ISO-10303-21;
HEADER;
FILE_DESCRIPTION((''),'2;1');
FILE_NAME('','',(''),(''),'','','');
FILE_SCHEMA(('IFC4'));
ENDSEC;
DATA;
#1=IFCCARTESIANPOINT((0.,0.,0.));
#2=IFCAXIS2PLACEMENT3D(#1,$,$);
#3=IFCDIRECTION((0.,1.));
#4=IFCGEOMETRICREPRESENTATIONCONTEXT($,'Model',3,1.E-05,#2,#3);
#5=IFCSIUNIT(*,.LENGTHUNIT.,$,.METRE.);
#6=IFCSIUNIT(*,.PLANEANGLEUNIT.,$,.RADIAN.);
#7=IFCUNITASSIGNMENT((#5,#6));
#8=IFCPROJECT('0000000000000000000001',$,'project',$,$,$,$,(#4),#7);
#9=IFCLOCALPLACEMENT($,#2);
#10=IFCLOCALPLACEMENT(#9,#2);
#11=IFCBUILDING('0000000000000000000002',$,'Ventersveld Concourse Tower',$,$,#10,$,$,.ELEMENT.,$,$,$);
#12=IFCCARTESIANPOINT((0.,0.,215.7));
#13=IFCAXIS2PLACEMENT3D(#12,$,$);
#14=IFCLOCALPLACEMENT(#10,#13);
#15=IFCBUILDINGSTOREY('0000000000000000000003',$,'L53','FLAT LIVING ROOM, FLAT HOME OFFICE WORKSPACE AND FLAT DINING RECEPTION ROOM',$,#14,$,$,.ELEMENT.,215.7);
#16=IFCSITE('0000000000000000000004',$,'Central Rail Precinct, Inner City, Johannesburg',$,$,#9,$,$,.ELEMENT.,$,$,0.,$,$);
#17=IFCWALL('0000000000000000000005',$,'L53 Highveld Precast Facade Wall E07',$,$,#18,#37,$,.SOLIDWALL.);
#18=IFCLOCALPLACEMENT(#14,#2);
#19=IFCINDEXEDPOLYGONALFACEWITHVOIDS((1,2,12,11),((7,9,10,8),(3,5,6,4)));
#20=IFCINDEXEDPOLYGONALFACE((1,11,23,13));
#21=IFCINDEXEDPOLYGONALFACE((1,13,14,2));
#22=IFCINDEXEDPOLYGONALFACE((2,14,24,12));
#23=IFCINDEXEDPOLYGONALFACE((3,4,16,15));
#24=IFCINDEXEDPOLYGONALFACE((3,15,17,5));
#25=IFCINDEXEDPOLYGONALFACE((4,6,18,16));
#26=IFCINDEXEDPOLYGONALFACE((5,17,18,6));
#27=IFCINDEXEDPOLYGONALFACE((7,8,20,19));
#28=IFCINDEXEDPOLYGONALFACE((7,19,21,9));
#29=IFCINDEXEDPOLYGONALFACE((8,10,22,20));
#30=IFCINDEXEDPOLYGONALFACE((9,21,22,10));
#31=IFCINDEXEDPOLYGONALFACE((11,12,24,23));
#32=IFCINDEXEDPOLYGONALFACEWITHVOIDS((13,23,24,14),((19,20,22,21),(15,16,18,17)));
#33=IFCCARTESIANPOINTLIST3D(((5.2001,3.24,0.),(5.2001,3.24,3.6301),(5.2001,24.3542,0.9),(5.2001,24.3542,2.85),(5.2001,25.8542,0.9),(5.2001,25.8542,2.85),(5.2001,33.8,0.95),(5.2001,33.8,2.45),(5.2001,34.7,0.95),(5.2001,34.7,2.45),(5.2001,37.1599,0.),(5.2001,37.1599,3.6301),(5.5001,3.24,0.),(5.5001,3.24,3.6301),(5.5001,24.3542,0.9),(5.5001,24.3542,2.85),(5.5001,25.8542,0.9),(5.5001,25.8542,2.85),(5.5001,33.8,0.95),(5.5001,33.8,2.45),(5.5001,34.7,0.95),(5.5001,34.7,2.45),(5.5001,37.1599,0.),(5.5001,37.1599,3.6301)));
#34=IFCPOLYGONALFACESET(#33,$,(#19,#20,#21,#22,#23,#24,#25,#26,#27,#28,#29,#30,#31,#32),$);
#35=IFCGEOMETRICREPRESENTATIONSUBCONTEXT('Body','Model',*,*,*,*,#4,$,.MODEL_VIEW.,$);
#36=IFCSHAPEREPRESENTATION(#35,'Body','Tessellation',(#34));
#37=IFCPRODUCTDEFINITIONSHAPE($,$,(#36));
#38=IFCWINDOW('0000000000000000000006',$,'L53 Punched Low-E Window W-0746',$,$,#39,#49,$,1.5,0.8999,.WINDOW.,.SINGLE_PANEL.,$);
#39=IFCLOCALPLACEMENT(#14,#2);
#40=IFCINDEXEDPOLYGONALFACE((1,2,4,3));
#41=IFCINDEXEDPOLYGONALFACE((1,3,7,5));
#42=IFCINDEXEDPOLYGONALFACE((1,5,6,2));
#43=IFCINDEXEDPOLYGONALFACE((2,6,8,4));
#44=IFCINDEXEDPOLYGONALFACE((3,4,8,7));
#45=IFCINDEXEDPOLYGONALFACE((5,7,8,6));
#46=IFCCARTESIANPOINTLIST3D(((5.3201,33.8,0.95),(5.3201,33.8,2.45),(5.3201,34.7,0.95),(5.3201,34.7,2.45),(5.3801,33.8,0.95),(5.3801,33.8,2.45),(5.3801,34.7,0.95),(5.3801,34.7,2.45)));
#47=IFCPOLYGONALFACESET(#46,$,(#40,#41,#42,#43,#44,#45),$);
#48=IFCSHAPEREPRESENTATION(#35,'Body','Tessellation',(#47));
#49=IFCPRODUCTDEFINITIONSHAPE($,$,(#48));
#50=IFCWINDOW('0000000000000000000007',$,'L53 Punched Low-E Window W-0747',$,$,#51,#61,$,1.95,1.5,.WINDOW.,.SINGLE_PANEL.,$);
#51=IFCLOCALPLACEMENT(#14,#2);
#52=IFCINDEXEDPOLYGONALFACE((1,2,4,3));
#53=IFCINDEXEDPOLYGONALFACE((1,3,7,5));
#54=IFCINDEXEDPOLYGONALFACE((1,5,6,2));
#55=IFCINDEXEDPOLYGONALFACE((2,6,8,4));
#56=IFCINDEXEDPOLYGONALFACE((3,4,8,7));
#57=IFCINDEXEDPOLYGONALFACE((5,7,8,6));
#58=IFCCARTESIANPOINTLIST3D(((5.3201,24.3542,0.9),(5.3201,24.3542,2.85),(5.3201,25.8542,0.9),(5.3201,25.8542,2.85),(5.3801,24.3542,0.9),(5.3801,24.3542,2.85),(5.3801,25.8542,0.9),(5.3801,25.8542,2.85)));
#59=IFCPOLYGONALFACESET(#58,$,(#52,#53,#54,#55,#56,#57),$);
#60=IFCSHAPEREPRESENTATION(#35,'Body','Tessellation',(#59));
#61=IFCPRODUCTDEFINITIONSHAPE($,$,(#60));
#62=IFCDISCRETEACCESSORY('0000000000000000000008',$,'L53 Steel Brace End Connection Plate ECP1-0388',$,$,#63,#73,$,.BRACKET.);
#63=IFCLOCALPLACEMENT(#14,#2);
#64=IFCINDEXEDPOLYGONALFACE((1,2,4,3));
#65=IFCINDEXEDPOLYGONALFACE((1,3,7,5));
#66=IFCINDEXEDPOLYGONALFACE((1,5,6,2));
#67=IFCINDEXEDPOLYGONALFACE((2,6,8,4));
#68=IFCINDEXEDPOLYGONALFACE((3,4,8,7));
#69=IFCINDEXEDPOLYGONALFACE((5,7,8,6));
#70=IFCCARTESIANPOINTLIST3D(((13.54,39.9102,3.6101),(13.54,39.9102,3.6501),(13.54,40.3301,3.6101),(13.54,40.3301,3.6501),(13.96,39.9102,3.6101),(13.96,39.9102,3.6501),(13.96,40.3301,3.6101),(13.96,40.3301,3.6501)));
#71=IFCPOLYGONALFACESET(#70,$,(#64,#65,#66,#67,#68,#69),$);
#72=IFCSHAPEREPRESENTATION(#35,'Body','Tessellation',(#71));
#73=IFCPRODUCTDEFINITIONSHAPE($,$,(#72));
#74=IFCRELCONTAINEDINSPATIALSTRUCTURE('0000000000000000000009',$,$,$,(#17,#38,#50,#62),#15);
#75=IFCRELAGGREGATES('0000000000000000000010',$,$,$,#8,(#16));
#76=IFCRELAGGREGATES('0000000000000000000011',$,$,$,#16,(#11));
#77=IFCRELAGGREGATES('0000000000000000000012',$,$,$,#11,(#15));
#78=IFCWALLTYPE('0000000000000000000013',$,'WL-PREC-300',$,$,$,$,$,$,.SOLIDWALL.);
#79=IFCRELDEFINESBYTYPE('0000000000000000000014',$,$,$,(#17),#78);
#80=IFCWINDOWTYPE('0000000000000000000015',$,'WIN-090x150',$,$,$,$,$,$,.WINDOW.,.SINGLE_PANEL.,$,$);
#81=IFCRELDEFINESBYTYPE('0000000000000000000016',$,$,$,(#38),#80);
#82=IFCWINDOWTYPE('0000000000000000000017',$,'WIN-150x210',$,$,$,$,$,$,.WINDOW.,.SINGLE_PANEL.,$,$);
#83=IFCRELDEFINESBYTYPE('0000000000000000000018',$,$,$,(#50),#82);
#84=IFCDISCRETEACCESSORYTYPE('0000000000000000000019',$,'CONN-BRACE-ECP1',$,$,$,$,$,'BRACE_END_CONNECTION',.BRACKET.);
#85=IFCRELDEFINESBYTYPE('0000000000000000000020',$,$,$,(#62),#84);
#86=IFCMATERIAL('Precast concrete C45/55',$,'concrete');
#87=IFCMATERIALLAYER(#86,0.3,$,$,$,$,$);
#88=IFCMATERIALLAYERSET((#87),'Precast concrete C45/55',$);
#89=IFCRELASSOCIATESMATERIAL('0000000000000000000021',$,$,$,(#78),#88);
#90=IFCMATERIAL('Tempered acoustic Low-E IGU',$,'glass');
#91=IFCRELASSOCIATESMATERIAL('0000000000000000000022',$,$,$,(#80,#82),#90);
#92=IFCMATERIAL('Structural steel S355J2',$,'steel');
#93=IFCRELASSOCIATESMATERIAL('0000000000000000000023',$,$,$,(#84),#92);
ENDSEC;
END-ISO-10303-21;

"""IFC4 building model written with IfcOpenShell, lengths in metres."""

from ifc_helpers import new_model, si_unit, direction, frame, frame_2d, origin, origin_2d, place, context, subcontext, project, spatial, rectangle, extrude, material, layer, layer_set, type_object, element, fill, save


model = new_model("IFC4")

# Units and contexts
model_context = context("Model", 3, precision=1e-05, world=origin(), true_north=direction((0.0, 1.0)))
body_context = subcontext(model_context, "Body", "Model", "MODEL_VIEW")
ifc_project = project(units=[si_unit("LENGTHUNIT", "METRE"), si_unit("PLANEANGLEUNIT", "RADIAN")], contexts=[model_context])

# Site, building, storey
site_placement = place(None, origin())
site = spatial("IfcSite", under=ifc_project, at=site_placement, Name="Central Rail Precinct, Inner City, Johannesburg", CompositionType="ELEMENT", RefElevation=0.0)
building_placement = place(site_placement, origin())
building = spatial("IfcBuilding", under=site, at=building_placement, Name="Ventersveld Concourse Tower", CompositionType="ELEMENT")
storey_placement = place(building_placement, frame((0.0, 0.0, 215.7)))
storey = spatial("IfcBuildingStorey", under=building, at=storey_placement, Name="L53", Description="FLAT LIVING ROOM, FLAT HOME OFFICE WORKSPACE AND FLAT DINING RECEPTION ROOM", CompositionType="ELEMENT", Elevation=215.7)

# Shared definitions
ifc_material_1 = material(Name="Structural steel S355J2", Category="steel")

# Shared definitions
ifc_material_2 = material(Name="Precast concrete C45/55", Category="concrete")
ifc_layer_1 = layer(ifc_material_2, 0.3)
ifc_layer_set_1 = layer_set([ifc_layer_1], Name="Precast concrete C45/55")
wall_type_1 = type_object("IfcWallType", Name="WL-PREC-300", PredefinedType="SOLIDWALL", material=ifc_layer_set_1)

# Wall, openings, windows
wall_1_placement = place(storey_placement, frame((5.3501, 37.1599, 0.0), z_axis=(0.0, 0.0, 1.0), x_axis=(0.0, -1.0, 0.0)))
wall_1 = element("IfcWall", 1, at=wall_1_placement, inside=storey, type_object=wall_type_1, Name="L53 Highveld Precast Facade Wall E07", PredefinedType="SOLIDWALL", context=body_context, shape_type="SweptSolid", body=[
    extrude(rectangle(XDim=33.9199, YDim=0.3, at=frame_2d((16.96, 0.0))), origin(), (0.0, 0.0, 1.0), 3.6301),
])
opening_1_placement = place(wall_1_placement, frame((2.46, 0.0, 0.95)))
opening_1 = element("IfcOpeningElement", 2, at=opening_1_placement, cuts=wall_1, PredefinedType="OPENING", context=body_context, shape_type="SweptSolid", body=[
    extrude(rectangle(XDim=0.8999, YDim=1.5, at=frame_2d((0.45, 0.75))), frame((0.0, 0.1602, 0.0), z_axis=(0.0, -1.0, 0.0), x_axis=(1.0, 0.0, 0.0)), (0.0, 0.0, 1.0), 0.3201),
])
opening_2_placement = place(wall_1_placement, frame((11.3057, 0.0, 0.8999)))
opening_2 = element("IfcOpeningElement", 3, at=opening_2_placement, cuts=wall_1, PredefinedType="OPENING", context=body_context, shape_type="SweptSolid", body=[
    extrude(rectangle(XDim=1.5, YDim=1.95, at=frame_2d((0.75, 0.9751))), frame((0.0, 0.1602, 0.0), z_axis=(0.0, -1.0, 0.0), x_axis=(1.0, 0.0, 0.0)), (0.0, 0.0, 1.0), 0.3201),
])
ifc_material_3 = material(Name="Tempered acoustic Low-E IGU", Category="glass")
window_type_1 = type_object("IfcWindowType", Name="WIN-090x150", PartitioningType="SINGLE_PANEL", PredefinedType="WINDOW", material=ifc_material_3)
window_1_placement = place(opening_1_placement, origin())
window_1 = element("IfcWindow", 4, at=window_1_placement, inside=storey, type_object=window_type_1, Name="L53 Punched Low-E Window W-0746", OverallHeight=1.5, OverallWidth=0.8999, PartitioningType="SINGLE_PANEL", PredefinedType="WINDOW", context=body_context, shape_type="SweptSolid", body=[
    extrude(rectangle(XDim=0.8999, YDim=1.5, at=frame_2d((0.45, 0.75))), frame((0.0, 0.03, 0.0), z_axis=(0.0, -1.0, 0.0), x_axis=(1.0, 0.0, 0.0)), (0.0, 0.0, 1.0), 0.0601),
])
fill(opening_1, window_1)
window_type_2 = type_object("IfcWindowType", Name="WIN-150x210", PartitioningType="SINGLE_PANEL", PredefinedType="WINDOW", material=ifc_material_3)
window_2_placement = place(opening_2_placement, origin())
window_2 = element("IfcWindow", 5, at=window_2_placement, inside=storey, type_object=window_type_2, Name="L53 Punched Low-E Window W-0747", OverallHeight=1.95, OverallWidth=1.5, PartitioningType="SINGLE_PANEL", PredefinedType="WINDOW", context=body_context, shape_type="SweptSolid", body=[
    extrude(rectangle(XDim=1.5, YDim=1.95, at=frame_2d((0.75, 0.9751))), frame((0.0, 0.03, 0.0), z_axis=(0.0, -1.0, 0.0), x_axis=(1.0, 0.0, 0.0)), (0.0, 0.0, 1.0), 0.0601),
])
fill(opening_2, window_2)

# Discrete accessory
discrete_accessory_type = type_object("IfcDiscreteAccessoryType", Name="CONN-BRACE-ECP1", ElementType="BRACE_END_CONNECTION", PredefinedType="BRACKET", material=ifc_material_1)
discrete_accessory_placement = place(storey_placement, frame((13.75, 40.1201, 3.6101), z_axis=(0.0, 0.0, 1.0), x_axis=(1.0, 0.0, 0.0)))
element("IfcDiscreteAccessory", 6, at=discrete_accessory_placement, inside=storey, type_object=discrete_accessory_type, Name="L53 Steel Brace End Connection Plate ECP1-0388", PredefinedType="BRACKET", context=body_context, shape_type="SweptSolid", body=[
    extrude(rectangle(XDim=0.4199, YDim=0.4199, at=origin_2d()), origin(), (0.0, 0.0, 1.0), 0.04),
])

save(model, "model.ifc")
